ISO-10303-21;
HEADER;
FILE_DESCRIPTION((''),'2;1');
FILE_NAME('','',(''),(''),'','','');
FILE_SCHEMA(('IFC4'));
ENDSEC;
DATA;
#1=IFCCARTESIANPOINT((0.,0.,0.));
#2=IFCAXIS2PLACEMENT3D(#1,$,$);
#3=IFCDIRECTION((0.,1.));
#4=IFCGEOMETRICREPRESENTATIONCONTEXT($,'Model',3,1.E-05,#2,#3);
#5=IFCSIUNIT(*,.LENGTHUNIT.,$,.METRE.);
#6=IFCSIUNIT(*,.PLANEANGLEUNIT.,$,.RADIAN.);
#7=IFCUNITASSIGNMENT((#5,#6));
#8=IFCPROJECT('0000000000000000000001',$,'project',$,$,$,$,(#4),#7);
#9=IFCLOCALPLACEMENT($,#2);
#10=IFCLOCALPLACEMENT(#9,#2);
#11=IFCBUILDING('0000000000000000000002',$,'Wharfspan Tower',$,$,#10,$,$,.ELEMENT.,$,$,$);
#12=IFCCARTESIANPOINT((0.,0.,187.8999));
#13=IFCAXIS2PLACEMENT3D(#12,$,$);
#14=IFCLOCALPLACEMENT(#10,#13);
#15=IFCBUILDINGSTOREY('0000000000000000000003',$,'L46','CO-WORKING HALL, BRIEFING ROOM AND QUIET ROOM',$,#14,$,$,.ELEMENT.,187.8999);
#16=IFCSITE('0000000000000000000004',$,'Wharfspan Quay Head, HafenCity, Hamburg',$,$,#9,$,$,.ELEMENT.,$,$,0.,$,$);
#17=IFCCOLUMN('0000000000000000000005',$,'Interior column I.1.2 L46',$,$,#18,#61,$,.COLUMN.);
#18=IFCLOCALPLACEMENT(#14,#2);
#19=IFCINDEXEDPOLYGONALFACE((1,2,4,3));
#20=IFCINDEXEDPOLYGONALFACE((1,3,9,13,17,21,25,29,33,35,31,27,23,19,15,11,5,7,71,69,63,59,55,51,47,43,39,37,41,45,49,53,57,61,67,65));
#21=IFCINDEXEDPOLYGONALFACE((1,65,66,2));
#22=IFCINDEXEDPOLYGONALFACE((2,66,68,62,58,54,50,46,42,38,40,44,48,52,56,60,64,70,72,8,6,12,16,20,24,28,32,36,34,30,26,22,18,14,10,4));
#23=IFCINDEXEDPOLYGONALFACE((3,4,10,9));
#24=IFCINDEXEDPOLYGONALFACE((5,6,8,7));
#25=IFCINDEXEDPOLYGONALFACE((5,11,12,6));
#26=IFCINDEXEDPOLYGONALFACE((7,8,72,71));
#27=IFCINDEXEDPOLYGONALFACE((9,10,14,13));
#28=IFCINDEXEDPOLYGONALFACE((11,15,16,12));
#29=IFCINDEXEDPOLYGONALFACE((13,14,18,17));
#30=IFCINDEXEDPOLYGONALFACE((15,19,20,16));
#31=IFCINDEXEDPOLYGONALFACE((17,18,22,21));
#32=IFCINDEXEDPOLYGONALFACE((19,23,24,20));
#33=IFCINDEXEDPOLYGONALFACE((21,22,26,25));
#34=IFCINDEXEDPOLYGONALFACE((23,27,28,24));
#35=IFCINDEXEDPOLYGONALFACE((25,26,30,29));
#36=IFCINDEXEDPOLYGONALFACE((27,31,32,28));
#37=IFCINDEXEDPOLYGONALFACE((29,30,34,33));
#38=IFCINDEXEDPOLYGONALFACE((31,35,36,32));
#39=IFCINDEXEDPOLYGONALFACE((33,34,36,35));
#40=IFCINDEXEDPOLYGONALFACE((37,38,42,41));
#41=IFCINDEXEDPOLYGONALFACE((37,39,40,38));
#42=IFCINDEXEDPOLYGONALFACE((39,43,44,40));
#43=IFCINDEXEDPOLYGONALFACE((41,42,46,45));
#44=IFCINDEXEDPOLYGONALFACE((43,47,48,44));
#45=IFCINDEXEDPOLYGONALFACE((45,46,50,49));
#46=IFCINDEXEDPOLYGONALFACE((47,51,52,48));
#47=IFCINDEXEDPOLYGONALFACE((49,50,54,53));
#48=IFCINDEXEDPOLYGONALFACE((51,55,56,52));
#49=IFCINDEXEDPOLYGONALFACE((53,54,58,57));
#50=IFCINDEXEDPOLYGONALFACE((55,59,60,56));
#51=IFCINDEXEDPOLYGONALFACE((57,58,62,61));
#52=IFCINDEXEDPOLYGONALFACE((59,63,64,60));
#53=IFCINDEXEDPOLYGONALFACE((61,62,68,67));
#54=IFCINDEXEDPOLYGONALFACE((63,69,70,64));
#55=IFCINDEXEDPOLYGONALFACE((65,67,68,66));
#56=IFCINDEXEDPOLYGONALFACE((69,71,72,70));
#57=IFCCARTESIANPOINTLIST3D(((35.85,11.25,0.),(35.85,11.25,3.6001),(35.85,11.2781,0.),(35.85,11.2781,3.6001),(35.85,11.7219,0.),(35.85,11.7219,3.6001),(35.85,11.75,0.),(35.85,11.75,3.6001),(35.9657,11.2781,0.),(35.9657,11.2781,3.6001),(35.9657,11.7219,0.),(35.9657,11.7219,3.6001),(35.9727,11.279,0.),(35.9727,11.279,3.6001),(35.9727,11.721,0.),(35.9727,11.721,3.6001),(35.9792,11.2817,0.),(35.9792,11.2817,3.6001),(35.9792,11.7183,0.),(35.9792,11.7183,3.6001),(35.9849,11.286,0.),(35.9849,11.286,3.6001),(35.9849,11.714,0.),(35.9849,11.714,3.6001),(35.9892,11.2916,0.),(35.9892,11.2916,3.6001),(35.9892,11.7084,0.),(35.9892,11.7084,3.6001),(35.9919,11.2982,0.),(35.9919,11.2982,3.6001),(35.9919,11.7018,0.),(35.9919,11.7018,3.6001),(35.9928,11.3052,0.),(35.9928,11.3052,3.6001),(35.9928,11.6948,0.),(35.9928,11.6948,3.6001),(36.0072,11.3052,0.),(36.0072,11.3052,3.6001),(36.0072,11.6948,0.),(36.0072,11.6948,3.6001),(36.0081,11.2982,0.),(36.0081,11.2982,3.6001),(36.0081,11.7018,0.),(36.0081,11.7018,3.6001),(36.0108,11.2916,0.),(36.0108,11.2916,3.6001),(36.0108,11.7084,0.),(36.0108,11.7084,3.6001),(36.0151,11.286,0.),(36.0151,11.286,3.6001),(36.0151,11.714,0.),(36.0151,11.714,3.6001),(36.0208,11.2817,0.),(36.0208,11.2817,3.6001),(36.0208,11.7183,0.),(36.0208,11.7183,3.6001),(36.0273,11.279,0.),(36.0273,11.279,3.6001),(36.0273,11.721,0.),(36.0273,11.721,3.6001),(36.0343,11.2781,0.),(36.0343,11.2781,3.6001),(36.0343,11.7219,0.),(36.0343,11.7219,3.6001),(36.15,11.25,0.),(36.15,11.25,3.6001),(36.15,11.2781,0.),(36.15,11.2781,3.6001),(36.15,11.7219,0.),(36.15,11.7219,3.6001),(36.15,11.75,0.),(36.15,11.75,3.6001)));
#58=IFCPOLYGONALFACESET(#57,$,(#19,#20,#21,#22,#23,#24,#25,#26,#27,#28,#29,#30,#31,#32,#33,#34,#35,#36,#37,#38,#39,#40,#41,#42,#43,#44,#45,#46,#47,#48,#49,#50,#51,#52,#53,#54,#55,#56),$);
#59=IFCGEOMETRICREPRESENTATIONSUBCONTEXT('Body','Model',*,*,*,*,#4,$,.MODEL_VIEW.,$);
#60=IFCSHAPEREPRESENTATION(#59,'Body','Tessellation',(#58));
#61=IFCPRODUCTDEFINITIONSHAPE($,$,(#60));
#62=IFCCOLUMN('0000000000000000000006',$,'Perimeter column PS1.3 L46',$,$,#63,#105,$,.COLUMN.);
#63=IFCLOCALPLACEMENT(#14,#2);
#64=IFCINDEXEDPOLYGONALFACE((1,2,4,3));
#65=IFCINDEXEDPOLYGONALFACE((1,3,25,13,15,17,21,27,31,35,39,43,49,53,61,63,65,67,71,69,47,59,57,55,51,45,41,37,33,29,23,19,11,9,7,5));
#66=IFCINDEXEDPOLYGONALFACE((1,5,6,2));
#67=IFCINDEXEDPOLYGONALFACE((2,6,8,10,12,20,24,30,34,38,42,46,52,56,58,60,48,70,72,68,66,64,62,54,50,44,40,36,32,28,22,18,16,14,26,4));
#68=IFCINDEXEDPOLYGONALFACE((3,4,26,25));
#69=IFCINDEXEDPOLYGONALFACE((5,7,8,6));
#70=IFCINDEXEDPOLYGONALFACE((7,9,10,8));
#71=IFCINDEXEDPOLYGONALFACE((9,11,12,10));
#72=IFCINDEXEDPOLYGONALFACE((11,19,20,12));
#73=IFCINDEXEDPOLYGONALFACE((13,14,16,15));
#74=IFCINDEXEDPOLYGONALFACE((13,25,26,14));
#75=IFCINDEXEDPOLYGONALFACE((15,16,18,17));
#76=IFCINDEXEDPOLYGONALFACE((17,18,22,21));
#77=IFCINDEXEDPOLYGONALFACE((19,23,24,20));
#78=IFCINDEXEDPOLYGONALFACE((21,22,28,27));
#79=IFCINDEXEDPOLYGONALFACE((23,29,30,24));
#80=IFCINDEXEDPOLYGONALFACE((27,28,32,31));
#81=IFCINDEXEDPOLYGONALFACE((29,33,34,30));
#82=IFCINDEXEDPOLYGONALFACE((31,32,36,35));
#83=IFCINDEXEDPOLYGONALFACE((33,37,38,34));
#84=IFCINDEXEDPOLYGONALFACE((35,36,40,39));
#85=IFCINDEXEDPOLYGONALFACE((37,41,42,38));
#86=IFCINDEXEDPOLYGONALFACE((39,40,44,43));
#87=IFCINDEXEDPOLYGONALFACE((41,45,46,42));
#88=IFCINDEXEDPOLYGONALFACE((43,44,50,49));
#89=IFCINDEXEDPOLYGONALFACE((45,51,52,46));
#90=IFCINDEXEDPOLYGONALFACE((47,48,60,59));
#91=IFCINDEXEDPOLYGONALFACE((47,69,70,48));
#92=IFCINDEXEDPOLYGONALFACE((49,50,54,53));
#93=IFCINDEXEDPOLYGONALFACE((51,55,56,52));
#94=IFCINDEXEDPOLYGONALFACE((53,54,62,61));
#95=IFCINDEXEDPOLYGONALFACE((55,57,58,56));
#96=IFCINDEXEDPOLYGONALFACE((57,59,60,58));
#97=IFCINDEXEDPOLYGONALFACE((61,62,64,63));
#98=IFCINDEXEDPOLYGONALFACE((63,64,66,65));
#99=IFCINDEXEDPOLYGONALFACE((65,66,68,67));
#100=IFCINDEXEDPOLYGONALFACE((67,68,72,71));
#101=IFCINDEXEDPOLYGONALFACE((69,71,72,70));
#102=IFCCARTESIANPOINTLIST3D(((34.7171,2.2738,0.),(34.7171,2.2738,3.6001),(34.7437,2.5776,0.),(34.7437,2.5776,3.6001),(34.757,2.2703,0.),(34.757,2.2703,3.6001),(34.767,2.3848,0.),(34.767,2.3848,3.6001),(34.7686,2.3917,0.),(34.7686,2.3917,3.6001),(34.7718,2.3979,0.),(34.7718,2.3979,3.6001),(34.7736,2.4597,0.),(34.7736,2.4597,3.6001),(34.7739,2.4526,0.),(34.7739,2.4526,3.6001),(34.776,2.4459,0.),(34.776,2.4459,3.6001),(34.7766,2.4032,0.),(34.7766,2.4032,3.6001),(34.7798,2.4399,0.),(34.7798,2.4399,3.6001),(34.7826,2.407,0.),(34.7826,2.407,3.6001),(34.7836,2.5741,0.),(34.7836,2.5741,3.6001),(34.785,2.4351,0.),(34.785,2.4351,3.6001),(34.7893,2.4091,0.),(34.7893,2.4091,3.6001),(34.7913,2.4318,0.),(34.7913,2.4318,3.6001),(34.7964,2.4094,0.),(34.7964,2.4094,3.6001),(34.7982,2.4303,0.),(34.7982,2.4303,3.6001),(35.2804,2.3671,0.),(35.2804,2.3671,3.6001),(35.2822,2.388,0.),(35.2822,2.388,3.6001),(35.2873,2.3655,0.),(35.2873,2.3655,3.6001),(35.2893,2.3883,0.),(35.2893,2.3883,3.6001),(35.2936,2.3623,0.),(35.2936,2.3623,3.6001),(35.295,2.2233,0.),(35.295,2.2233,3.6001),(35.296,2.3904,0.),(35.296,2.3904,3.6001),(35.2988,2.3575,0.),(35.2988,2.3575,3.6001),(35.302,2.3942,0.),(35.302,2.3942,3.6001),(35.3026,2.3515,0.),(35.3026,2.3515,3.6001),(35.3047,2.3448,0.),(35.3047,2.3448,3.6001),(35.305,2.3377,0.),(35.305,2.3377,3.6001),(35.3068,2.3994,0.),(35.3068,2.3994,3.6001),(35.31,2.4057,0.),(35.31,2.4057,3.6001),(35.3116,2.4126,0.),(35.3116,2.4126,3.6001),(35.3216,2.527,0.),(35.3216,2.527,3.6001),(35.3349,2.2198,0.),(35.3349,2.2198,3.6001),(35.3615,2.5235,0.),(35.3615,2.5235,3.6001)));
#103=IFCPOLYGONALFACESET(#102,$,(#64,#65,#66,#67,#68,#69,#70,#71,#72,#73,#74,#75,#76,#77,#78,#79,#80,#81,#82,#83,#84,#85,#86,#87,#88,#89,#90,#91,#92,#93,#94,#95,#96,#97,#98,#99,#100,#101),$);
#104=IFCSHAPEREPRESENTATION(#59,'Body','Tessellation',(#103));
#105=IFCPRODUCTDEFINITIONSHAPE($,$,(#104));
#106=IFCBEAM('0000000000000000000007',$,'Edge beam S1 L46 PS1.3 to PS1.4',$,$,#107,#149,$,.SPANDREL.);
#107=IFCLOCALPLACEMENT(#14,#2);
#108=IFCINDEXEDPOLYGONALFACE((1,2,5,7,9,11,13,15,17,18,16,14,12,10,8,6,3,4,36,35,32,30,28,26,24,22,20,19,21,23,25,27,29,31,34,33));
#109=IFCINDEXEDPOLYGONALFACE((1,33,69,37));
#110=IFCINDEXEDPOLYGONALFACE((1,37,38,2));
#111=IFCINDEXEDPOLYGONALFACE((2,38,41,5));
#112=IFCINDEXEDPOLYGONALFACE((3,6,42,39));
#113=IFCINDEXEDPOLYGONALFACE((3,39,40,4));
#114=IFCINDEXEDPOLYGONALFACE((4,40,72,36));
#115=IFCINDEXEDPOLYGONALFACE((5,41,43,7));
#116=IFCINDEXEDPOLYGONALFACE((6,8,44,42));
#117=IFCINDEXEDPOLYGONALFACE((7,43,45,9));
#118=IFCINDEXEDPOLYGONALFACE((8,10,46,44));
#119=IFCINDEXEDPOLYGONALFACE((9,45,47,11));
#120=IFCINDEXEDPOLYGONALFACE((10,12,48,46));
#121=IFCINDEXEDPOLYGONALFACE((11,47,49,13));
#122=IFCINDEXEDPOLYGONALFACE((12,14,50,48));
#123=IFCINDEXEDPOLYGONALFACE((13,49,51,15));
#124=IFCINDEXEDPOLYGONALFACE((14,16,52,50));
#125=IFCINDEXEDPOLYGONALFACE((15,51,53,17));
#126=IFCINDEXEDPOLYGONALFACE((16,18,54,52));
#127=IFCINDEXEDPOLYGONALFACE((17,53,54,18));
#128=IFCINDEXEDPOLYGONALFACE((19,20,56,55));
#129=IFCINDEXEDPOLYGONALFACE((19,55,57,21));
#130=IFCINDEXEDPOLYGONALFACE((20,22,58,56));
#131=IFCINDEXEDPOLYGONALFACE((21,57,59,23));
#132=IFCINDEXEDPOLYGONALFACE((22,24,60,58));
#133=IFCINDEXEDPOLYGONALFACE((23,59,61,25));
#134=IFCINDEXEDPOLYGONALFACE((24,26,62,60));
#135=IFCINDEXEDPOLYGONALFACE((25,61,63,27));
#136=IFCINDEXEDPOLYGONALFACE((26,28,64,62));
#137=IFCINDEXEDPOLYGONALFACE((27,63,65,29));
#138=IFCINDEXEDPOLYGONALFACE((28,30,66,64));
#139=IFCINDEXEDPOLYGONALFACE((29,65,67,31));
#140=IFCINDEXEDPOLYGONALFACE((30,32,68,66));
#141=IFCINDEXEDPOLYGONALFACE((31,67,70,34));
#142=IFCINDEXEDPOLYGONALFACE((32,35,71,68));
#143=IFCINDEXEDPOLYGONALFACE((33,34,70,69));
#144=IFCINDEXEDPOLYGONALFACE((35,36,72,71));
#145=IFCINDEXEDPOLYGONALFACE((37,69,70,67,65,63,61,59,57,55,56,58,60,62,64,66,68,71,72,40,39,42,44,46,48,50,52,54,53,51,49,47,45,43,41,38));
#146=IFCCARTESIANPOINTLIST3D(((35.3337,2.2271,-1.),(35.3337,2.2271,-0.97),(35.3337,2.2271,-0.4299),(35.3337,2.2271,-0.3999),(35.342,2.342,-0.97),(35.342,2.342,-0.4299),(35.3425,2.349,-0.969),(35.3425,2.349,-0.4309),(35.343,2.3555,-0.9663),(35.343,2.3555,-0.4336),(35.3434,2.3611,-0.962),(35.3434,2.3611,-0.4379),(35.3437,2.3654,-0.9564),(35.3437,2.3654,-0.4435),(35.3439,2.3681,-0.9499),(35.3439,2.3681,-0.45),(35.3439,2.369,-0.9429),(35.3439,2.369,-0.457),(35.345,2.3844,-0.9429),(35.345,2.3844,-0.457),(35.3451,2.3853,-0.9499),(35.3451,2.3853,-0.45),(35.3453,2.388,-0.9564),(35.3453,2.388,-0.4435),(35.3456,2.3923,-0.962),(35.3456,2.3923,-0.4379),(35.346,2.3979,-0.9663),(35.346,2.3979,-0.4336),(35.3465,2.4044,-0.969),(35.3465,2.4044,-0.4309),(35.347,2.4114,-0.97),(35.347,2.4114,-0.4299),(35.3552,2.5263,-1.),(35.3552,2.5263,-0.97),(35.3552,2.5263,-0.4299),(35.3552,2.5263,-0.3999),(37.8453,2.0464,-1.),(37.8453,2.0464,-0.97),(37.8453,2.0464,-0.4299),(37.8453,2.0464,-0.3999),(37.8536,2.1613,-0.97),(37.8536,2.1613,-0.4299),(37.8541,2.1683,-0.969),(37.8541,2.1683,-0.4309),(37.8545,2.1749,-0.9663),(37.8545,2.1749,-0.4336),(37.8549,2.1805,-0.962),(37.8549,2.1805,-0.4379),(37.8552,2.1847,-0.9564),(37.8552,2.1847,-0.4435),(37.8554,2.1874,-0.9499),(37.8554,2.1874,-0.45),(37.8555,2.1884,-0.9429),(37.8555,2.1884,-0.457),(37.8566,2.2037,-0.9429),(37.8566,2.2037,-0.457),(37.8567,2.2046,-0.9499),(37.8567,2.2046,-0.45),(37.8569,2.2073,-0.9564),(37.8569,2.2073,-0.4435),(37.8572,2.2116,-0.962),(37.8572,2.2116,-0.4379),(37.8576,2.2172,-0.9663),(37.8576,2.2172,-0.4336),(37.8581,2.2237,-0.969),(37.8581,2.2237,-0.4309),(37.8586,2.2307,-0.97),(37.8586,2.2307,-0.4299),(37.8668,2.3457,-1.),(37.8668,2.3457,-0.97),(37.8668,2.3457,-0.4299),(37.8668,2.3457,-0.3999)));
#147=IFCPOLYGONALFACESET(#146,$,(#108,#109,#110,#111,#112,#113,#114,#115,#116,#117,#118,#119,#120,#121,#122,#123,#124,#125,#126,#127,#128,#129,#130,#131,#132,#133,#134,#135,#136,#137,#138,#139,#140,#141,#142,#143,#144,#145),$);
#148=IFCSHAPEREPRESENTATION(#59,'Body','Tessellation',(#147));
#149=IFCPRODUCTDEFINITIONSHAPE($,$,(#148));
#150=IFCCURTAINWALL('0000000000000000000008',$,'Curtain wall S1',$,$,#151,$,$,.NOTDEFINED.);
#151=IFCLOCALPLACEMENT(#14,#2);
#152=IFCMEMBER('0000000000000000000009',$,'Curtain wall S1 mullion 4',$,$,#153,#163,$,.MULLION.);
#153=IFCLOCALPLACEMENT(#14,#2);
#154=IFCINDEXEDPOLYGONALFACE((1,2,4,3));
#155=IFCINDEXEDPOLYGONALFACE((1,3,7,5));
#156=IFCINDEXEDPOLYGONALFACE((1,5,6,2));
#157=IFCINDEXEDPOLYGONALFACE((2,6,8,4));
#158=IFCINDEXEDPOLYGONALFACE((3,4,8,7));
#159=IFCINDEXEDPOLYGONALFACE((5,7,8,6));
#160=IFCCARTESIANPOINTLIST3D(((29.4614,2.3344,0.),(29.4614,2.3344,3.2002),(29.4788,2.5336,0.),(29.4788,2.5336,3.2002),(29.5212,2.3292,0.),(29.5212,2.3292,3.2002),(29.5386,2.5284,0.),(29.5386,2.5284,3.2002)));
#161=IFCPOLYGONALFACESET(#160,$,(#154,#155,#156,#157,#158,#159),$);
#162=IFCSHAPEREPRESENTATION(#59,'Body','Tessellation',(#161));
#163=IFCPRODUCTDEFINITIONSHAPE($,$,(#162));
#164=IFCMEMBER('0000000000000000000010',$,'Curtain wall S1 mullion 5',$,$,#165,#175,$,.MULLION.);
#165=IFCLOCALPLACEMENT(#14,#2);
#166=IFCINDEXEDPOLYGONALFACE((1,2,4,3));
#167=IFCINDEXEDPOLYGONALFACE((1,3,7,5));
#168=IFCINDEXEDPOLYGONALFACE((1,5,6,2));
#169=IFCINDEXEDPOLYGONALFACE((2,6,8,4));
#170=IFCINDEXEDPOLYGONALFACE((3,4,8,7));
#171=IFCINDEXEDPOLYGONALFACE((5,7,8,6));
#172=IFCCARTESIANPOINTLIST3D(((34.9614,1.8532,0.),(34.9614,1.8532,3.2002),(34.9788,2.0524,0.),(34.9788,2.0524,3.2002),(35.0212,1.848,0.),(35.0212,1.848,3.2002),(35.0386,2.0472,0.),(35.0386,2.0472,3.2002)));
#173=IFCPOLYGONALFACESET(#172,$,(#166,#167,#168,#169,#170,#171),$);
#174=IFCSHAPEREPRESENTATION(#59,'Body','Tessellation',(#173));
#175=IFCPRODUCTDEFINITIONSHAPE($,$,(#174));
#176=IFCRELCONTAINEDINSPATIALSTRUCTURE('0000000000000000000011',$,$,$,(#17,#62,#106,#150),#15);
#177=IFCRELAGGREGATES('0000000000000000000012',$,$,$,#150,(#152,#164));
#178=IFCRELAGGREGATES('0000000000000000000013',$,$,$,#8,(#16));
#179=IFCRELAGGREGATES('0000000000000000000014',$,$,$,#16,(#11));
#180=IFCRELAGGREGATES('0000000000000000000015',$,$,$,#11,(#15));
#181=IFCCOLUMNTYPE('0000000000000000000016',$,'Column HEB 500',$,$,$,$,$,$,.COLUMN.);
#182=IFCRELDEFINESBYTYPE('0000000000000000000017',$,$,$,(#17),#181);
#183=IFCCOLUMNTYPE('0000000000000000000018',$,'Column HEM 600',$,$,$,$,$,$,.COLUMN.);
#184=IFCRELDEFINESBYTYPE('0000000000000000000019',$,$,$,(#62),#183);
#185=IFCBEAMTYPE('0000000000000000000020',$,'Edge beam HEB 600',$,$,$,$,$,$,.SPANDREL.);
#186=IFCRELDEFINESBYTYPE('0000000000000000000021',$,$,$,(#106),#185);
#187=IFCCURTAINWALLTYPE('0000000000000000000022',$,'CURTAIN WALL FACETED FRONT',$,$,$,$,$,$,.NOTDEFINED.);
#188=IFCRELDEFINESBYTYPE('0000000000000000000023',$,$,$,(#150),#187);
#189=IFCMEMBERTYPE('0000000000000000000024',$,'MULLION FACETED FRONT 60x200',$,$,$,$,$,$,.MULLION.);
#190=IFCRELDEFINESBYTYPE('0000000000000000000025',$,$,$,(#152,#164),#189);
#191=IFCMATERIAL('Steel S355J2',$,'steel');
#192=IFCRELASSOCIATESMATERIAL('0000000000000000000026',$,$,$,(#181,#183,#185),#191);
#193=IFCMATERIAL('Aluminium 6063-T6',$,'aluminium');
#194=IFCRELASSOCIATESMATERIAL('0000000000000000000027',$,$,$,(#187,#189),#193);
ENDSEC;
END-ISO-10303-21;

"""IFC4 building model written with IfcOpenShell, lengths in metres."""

from ifc_helpers import new_model, si_unit, direction, frame, origin, origin_2d, place, context, subcontext, project, spatial, rectangle, i_section, extrude, material, material_profile, profile_set, type_object, element, aggregate, save


model = new_model("IFC4")

# Units and contexts
model_context = context("Model", 3, precision=1e-05, world=origin(), true_north=direction((0.0, 1.0)))
body_context = subcontext(model_context, "Body", "Model", "MODEL_VIEW")
ifc_project = project(units=[si_unit("LENGTHUNIT", "METRE"), si_unit("PLANEANGLEUNIT", "RADIAN")], contexts=[model_context])

# Site, building, storey
site_placement = place(None, origin())
site = spatial("IfcSite", under=ifc_project, at=site_placement, Name="Wharfspan Quay Head, HafenCity, Hamburg", CompositionType="ELEMENT", RefElevation=0.0)
building_placement = place(site_placement, origin())
building = spatial("IfcBuilding", under=site, at=building_placement, Name="Wharfspan Tower", CompositionType="ELEMENT")
storey_placement = place(building_placement, frame((0.0, 0.0, 187.8999)))
storey = spatial("IfcBuildingStorey", under=building, at=storey_placement, Name="L46", Description="CO-WORKING HALL, BRIEFING ROOM AND QUIET ROOM", CompositionType="ELEMENT", Elevation=187.8999)

# Columns
ifc_material_1 = material(Name="Steel S355J2", Category="steel")
ifc_material_profile_1 = material_profile(ifc_material_1, i_section(OverallWidth=0.3, OverallDepth=0.5, WebThickness=0.0144, FlangeThickness=0.0281, FilletRadius=0.0271, at=origin_2d()))
ifc_profile_set_1 = profile_set([ifc_material_profile_1], Name="Steel S355J2")
column_type_1 = type_object("IfcColumnType", Name="Column HEB 500", PredefinedType="COLUMN", material=ifc_profile_set_1)
column_1_placement = place(storey_placement, frame((36.0, 11.5, 0.0), z_axis=(0.0, 0.0, 1.0), x_axis=(1.0, 0.0, 0.0)))
element("IfcColumn", 1, at=column_1_placement, inside=storey, type_object=column_type_1, Name="Interior column I.1.2 L46", PredefinedType="COLUMN", context=body_context, shape_type="SweptSolid", body=[
    extrude(i_section(OverallWidth=0.3, OverallDepth=0.5, WebThickness=0.0144, FlangeThickness=0.0281, FilletRadius=0.0271, at=origin_2d()), origin(), (0.0, 0.0, 1.0), 3.6001),
])
ifc_material_profile_2 = material_profile(ifc_material_1, i_section(OverallWidth=0.3049, OverallDepth=0.6201, WebThickness=0.021, FlangeThickness=0.04, FilletRadius=0.0271, at=origin_2d()))
ifc_profile_set_2 = profile_set([ifc_material_profile_2], Name="Steel S355J2")
column_type_2 = type_object("IfcColumnType", Name="Column HEM 600", PredefinedType="COLUMN", material=ifc_profile_set_2)
column_2_placement = place(storey_placement, frame((35.0393, 2.3987, 0.0), z_axis=(0.0, 0.0, 1.0), x_axis=(-0.087156, -0.996198, 0.0)))
element("IfcColumn", 2, at=column_2_placement, inside=storey, type_object=column_type_2, Name="Perimeter column PS1.3 L46", PredefinedType="COLUMN", context=body_context, shape_type="SweptSolid", body=[
    extrude(i_section(OverallWidth=0.3049, OverallDepth=0.6201, WebThickness=0.021, FlangeThickness=0.04, FilletRadius=0.0271, at=origin_2d()), origin(), (0.0, 0.0, 1.0), 3.6001),
])

# Beam
ifc_material_profile_3 = material_profile(ifc_material_1, i_section(OverallWidth=0.3, OverallDepth=0.6001, WebThickness=0.0154, FlangeThickness=0.03, FilletRadius=0.0271, at=origin_2d()))
ifc_profile_set_3 = profile_set([ifc_material_profile_3], Name="Steel S355J2")
beam_type = type_object("IfcBeamType", Name="Edge beam HEB 600", PredefinedType="SPANDREL", material=ifc_profile_set_3)
beam_placement = place(storey_placement, frame((35.3445, 2.3767, -0.7), z_axis=(0.997423, -0.07175, 0.0), x_axis=(0.07175, 0.997423, 0.0)))
element("IfcBeam", 3, at=beam_placement, inside=storey, type_object=beam_type, Name="Edge beam S1 L46 PS1.3 to PS1.4", PredefinedType="SPANDREL", context=body_context, shape_type="SweptSolid", body=[
    extrude(i_section(OverallWidth=0.3, OverallDepth=0.6001, WebThickness=0.0154, FlangeThickness=0.03, FilletRadius=0.0271, at=origin_2d()), origin(), (0.0, 0.0, 1.0), 2.5181),
])

# Curtain wall, members
ifc_material_2 = material(Name="Aluminium 6063-T6", Category="aluminium")
curtain_wall_type = type_object("IfcCurtainWallType", Name="CURTAIN WALL FACETED FRONT", PredefinedType="NOTDEFINED", material=ifc_material_2)
curtain_wall_placement = place(storey_placement, origin())
curtain_wall = element("IfcCurtainWall", 4, at=curtain_wall_placement, inside=storey, type_object=curtain_wall_type, Name="Curtain wall S1", PredefinedType="NOTDEFINED")
ifc_material_profile_4 = material_profile(ifc_material_2, rectangle(XDim=0.2, YDim=0.0601, at=origin_2d()))
ifc_profile_set_4 = profile_set([ifc_material_profile_4], Name="Aluminium 6063-T6")
member_type_1 = type_object("IfcMemberType", Name="MULLION FACETED FRONT 60x200", PredefinedType="MULLION", material=ifc_profile_set_4)
member_1_placement = place(storey_placement, frame((29.5, 2.4314, 0.0), z_axis=(0.0, 0.0, 1.0), x_axis=(0.087156, 0.996198, 0.0)))
member_1 = element("IfcMember", 5, at=member_1_placement, type_object=member_type_1, Name="Curtain wall S1 mullion 4", PredefinedType="MULLION", context=body_context, shape_type="SweptSolid", body=[
    extrude(rectangle(XDim=0.2, YDim=0.0601, at=origin_2d()), origin(), (0.0, 0.0, 1.0), 3.2002),
])
member_2_placement = place(storey_placement, frame((35.0, 1.9502, 0.0), z_axis=(0.0, 0.0, 1.0), x_axis=(0.087156, 0.996198, 0.0)))
member_2 = element("IfcMember", 6, at=member_2_placement, type_object=member_type_1, Name="Curtain wall S1 mullion 5", PredefinedType="MULLION", context=body_context, shape_type="SweptSolid", body=[
    extrude(rectangle(XDim=0.2, YDim=0.0601, at=origin_2d()), origin(), (0.0, 0.0, 1.0), 3.2002),
])

aggregate(curtain_wall, [member_1, member_2])

save(model, "model.ifc")
